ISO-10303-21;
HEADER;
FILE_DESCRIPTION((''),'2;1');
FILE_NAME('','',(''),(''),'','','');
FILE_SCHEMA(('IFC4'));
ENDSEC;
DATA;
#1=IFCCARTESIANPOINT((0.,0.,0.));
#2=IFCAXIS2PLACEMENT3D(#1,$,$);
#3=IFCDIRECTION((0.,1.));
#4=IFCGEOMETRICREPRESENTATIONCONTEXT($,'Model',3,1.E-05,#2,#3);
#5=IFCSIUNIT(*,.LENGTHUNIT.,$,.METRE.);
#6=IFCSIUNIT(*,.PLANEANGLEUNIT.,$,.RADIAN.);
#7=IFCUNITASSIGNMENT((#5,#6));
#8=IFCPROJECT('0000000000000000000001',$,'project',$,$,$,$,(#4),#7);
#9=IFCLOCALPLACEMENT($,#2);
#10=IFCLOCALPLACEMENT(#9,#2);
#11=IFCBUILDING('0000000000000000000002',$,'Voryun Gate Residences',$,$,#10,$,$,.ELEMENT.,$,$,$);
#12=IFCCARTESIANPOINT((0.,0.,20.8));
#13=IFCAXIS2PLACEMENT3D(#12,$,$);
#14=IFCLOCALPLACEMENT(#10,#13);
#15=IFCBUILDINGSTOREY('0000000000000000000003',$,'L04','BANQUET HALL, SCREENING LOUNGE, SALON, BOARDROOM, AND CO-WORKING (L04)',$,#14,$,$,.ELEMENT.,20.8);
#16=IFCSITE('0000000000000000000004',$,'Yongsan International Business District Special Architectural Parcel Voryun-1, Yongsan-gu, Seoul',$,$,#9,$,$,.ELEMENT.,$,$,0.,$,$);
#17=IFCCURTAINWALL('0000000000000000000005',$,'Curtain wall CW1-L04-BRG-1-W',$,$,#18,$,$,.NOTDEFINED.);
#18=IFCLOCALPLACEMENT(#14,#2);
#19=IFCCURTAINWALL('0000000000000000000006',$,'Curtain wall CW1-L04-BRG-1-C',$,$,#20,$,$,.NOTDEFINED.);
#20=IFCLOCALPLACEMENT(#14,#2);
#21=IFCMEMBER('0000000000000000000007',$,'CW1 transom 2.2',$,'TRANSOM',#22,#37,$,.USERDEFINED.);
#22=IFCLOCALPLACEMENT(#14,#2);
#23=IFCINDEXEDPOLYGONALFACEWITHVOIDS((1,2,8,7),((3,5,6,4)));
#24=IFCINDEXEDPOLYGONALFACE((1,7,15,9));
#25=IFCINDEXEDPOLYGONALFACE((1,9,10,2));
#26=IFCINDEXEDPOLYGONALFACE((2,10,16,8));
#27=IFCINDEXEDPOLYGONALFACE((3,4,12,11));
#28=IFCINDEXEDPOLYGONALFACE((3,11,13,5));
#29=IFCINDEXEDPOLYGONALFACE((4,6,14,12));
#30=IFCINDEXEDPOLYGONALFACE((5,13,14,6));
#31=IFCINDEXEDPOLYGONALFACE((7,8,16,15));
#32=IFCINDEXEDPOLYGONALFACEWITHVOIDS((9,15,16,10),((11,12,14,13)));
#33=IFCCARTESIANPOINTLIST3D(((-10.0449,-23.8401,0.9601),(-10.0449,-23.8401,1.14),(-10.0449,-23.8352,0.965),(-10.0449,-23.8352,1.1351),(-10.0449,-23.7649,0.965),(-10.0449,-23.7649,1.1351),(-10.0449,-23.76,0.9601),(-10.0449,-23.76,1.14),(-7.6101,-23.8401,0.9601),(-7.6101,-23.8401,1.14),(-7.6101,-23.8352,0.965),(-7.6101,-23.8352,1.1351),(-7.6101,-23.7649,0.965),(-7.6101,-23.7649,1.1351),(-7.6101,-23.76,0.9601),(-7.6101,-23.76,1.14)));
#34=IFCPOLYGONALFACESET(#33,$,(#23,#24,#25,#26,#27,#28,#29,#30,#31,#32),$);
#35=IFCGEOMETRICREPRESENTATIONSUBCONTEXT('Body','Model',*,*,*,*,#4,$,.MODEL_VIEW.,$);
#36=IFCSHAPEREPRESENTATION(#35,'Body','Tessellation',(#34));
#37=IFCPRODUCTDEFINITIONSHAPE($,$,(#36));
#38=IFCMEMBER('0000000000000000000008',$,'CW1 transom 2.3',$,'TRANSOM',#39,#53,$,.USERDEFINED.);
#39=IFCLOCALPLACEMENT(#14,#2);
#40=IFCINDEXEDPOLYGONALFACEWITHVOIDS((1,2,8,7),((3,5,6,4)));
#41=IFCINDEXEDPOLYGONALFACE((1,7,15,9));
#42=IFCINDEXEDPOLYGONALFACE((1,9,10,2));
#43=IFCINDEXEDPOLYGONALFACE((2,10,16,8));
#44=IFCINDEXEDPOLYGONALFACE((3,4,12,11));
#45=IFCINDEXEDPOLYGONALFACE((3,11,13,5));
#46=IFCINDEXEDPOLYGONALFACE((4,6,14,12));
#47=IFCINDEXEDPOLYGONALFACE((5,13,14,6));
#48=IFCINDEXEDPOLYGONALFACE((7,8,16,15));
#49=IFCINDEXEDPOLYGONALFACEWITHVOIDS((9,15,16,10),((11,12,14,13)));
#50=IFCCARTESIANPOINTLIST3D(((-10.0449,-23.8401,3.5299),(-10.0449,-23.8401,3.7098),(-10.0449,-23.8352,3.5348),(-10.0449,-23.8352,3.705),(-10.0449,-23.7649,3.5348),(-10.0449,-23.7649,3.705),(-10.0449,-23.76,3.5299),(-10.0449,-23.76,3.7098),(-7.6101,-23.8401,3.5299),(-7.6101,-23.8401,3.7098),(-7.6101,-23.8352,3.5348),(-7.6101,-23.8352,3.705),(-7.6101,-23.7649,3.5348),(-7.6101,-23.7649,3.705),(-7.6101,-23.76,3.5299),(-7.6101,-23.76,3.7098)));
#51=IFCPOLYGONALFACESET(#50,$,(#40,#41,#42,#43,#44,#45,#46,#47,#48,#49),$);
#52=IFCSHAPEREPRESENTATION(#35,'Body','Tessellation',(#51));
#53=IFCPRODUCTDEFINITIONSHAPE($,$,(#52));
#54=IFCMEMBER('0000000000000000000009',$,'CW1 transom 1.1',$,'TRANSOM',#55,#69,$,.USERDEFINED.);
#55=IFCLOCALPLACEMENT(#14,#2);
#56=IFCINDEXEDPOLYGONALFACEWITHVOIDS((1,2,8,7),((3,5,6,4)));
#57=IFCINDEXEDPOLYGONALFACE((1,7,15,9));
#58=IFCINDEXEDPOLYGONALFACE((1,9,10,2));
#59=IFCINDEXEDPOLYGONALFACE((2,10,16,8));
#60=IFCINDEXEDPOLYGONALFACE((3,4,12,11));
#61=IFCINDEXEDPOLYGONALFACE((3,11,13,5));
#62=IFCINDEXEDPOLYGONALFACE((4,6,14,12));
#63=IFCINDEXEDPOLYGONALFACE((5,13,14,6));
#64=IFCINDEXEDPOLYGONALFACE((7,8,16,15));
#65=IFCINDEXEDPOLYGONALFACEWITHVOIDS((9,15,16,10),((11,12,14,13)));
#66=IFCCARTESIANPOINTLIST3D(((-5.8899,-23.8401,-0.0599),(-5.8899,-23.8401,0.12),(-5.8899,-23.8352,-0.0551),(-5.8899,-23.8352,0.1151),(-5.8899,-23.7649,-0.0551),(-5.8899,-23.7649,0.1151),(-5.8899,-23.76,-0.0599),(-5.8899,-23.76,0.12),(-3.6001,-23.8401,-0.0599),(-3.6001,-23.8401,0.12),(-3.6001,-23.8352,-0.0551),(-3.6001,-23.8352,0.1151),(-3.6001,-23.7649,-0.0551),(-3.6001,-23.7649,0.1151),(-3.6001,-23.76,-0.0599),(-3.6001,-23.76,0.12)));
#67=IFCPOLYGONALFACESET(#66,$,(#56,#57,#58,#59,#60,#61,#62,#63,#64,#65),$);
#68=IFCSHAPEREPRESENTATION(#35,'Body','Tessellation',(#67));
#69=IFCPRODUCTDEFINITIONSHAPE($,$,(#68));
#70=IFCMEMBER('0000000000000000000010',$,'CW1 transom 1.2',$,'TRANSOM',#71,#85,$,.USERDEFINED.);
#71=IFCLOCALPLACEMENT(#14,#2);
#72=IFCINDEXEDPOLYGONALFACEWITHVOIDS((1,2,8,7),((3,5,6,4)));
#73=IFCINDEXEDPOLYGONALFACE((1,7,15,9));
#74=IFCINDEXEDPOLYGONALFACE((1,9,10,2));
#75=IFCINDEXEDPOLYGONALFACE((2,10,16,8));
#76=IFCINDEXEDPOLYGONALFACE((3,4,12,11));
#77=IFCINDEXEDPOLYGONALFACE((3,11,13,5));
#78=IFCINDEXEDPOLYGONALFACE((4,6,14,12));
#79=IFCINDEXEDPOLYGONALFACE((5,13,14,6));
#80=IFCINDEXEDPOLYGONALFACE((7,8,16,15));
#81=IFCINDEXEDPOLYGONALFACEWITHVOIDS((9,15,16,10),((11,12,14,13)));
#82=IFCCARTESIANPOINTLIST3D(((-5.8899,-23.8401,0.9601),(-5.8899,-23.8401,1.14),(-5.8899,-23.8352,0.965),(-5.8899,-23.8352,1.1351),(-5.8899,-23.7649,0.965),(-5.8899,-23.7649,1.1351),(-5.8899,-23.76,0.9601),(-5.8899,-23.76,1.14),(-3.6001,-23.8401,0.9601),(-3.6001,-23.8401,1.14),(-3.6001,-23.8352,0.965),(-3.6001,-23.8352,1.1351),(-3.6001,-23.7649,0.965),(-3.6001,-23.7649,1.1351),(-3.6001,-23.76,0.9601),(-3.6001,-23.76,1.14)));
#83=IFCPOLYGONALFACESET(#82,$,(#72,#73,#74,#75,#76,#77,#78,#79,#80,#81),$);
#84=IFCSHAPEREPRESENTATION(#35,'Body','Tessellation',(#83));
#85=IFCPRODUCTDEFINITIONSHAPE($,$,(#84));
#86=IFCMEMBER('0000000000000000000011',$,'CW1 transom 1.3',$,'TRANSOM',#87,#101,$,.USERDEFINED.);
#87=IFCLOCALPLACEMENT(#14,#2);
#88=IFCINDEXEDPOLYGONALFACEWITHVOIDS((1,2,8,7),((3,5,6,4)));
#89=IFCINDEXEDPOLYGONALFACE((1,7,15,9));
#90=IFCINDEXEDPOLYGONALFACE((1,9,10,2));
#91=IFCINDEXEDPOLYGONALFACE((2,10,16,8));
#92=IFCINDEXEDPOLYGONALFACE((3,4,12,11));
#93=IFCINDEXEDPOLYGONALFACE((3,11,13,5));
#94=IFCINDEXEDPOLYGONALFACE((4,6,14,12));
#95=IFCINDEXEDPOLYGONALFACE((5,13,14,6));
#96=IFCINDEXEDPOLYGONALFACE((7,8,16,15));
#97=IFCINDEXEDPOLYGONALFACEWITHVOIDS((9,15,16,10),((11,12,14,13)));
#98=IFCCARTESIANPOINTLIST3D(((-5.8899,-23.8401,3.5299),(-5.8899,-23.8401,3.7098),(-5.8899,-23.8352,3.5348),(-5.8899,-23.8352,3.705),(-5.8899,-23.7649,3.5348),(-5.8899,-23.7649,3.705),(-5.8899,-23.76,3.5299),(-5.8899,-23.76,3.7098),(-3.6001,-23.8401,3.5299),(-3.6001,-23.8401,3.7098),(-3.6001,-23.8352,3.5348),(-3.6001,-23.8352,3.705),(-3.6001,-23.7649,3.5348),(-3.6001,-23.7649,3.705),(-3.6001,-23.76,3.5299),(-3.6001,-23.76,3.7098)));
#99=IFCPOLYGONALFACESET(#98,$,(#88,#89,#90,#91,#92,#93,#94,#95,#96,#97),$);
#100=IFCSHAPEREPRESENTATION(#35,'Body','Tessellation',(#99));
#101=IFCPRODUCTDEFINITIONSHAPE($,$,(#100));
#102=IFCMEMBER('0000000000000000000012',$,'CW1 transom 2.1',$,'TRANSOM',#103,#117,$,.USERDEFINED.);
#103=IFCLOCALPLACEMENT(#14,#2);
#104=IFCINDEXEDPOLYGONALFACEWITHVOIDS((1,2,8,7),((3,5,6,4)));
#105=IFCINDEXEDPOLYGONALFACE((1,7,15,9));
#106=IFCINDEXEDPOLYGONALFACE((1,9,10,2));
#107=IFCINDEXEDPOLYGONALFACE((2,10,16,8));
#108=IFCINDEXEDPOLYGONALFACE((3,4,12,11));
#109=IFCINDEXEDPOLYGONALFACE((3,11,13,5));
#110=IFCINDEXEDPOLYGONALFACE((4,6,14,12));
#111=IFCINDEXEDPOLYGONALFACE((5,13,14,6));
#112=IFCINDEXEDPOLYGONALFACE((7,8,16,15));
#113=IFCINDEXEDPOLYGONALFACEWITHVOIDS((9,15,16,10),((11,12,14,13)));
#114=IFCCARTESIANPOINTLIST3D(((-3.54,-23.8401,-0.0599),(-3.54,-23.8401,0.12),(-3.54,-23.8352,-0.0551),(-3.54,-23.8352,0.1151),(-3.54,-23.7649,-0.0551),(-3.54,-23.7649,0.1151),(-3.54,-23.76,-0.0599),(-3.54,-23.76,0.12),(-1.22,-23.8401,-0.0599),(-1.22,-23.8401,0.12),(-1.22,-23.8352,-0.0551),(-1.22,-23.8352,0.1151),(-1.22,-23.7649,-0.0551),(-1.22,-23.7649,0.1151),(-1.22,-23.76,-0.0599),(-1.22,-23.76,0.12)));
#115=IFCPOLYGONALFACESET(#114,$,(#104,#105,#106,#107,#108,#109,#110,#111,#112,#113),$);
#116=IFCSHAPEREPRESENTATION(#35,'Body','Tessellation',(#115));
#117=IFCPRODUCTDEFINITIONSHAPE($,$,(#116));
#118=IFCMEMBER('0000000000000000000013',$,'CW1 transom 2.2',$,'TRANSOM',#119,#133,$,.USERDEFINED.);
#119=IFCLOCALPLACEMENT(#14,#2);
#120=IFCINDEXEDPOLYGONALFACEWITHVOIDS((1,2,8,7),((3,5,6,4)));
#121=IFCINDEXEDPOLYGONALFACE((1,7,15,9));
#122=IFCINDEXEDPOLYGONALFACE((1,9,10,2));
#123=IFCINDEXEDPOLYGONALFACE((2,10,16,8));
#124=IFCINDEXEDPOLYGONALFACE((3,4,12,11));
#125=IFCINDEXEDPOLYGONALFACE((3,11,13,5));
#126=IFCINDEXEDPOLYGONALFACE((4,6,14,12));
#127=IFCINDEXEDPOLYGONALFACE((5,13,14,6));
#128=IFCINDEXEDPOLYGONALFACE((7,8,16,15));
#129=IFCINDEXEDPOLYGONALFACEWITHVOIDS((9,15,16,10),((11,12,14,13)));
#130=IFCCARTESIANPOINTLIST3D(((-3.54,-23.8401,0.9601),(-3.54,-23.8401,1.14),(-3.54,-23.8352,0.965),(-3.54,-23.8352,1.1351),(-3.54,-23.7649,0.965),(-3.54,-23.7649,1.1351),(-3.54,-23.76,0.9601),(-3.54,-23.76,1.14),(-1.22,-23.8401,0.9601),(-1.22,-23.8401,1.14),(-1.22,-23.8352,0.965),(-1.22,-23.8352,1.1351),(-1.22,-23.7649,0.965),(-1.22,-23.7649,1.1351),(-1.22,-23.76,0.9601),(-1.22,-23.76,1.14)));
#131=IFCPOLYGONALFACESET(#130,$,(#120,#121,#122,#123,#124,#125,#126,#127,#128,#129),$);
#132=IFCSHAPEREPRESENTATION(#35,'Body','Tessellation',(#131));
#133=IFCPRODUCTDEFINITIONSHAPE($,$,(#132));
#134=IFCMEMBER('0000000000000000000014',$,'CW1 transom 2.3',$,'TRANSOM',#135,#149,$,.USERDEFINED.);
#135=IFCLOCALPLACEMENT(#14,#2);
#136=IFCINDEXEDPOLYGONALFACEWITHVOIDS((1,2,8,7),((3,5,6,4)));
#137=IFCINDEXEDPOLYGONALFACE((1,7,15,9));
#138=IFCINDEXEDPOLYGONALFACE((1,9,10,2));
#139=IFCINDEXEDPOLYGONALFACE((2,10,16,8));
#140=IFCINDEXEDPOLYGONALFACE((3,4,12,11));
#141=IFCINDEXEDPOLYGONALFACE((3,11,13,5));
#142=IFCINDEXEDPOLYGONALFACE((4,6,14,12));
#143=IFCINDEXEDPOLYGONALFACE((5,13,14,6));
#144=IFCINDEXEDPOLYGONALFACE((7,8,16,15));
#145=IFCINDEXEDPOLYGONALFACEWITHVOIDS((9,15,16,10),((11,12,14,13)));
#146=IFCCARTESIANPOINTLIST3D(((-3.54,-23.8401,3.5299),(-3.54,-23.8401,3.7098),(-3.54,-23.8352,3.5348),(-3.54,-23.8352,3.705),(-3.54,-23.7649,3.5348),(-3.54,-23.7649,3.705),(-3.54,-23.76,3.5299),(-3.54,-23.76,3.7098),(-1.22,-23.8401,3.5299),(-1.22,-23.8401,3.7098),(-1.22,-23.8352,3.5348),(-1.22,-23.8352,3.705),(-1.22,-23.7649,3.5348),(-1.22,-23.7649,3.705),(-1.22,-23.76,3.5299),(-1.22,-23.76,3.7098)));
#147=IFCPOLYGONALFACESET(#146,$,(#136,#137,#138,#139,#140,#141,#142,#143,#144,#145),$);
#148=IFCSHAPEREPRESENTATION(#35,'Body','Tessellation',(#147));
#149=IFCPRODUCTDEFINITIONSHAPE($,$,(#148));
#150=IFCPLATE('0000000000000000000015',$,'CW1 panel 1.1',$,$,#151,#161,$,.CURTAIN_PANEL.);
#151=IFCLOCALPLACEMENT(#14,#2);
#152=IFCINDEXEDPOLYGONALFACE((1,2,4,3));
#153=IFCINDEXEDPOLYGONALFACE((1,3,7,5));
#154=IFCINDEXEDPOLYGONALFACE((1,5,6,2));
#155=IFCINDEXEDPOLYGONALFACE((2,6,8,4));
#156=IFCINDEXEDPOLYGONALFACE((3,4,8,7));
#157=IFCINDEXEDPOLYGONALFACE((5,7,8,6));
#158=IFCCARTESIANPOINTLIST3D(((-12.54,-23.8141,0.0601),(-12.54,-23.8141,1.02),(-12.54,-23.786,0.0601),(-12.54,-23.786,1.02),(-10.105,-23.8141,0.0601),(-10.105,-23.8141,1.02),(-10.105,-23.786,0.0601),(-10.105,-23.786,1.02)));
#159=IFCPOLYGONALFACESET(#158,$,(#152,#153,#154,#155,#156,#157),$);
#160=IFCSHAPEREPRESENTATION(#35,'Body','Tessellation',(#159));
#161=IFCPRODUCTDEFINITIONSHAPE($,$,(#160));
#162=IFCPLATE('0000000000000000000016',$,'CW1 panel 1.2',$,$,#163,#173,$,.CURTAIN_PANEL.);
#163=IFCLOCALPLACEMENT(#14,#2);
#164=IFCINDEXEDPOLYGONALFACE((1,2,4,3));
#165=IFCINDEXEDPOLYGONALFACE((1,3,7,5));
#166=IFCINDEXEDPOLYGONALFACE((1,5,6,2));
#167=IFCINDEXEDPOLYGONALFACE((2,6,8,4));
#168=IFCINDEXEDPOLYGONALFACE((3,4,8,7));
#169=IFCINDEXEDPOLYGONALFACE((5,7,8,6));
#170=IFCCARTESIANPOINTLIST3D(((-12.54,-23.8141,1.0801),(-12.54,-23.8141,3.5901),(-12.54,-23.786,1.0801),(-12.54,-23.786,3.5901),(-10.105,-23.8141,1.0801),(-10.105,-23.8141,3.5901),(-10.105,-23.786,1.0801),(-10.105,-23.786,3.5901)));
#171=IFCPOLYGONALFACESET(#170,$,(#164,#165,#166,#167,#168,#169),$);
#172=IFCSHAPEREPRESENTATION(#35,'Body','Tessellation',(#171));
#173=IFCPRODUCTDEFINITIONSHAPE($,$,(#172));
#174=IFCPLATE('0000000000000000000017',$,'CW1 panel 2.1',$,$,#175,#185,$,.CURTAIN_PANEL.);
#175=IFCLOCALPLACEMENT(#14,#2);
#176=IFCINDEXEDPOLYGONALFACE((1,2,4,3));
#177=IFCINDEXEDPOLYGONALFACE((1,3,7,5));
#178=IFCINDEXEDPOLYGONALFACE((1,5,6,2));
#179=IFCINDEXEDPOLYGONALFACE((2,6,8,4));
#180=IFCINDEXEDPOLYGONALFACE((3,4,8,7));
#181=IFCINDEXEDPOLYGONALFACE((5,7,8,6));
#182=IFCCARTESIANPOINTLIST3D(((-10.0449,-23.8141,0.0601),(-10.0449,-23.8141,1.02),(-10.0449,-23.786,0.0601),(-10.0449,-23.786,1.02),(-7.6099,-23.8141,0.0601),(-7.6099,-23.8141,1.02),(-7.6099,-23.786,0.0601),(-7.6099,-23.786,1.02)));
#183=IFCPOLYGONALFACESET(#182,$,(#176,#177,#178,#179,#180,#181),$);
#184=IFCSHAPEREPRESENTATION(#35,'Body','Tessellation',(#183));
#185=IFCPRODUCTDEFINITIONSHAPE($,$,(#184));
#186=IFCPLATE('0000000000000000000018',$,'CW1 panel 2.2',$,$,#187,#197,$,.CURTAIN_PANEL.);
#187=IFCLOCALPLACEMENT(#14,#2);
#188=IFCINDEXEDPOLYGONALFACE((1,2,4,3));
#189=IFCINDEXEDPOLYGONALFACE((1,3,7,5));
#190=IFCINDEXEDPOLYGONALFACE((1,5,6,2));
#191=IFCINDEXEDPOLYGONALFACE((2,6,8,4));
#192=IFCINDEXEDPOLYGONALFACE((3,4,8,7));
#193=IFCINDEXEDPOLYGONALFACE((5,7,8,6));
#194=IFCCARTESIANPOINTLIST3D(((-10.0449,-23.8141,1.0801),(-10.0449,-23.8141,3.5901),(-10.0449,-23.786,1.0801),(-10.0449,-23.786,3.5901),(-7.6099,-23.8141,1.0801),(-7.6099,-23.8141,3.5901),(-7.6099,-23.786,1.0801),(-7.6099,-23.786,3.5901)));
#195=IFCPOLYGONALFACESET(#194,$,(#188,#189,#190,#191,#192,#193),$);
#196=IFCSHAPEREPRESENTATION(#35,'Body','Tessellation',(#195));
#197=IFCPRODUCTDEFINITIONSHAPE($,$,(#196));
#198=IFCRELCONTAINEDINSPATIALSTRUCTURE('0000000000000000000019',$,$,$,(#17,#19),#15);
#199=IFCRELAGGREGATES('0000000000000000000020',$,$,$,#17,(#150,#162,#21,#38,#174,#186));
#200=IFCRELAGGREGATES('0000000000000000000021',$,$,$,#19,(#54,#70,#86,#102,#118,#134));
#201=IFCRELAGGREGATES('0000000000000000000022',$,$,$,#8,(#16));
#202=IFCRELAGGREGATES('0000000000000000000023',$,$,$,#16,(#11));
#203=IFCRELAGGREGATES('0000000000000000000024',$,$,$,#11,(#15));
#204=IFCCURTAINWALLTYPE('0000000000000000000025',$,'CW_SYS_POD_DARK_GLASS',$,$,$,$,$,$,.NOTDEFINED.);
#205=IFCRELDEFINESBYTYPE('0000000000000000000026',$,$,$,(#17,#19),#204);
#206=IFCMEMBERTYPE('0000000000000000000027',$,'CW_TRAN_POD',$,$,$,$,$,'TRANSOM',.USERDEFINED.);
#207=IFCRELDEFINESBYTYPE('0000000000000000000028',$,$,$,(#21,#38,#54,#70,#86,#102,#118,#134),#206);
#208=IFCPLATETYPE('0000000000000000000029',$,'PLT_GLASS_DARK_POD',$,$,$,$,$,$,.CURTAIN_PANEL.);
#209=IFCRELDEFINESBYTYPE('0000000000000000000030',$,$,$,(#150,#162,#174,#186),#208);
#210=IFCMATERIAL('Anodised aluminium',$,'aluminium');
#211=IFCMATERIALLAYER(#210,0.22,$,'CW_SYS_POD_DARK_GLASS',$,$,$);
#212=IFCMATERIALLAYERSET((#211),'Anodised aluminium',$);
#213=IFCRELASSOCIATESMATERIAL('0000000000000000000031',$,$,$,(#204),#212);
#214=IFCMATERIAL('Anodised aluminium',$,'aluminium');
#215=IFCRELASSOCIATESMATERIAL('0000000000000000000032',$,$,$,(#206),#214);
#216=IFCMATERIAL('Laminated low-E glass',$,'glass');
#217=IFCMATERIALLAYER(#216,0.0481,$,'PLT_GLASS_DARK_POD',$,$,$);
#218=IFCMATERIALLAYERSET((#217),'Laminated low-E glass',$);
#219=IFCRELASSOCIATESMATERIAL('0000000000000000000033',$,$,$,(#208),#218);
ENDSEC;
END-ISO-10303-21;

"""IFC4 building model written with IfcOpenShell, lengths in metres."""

from ifc_helpers import new_model, si_unit, direction, frame, origin, origin_2d, place, context, subcontext, project, spatial, rectangle, hollow_rectangle, extrude, material, layer, layer_set, material_profile, profile_set, type_object, element, aggregate, save


model = new_model("IFC4")

# Units and contexts
model_context = context("Model", 3, precision=1e-05, world=origin(), true_north=direction((0.0, 1.0)))
body_context = subcontext(model_context, "Body", "Model", "MODEL_VIEW")
ifc_project = project(units=[si_unit("LENGTHUNIT", "METRE"), si_unit("PLANEANGLEUNIT", "RADIAN")], contexts=[model_context])

# Site, building, storey
site_placement = place(None, origin())
site = spatial("IfcSite", under=ifc_project, at=site_placement, Name="Yongsan International Business District Special Architectural Parcel Voryun-1, Yongsan-gu, Seoul", CompositionType="ELEMENT", RefElevation=0.0)
building_placement = place(site_placement, origin())
building = spatial("IfcBuilding", under=site, at=building_placement, Name="Voryun Gate Residences", CompositionType="ELEMENT")
storey_placement = place(building_placement, frame((0.0, 0.0, 20.8)))
storey = spatial("IfcBuildingStorey", under=building, at=storey_placement, Name="L04", Description="BANQUET HALL, SCREENING LOUNGE, SALON, BOARDROOM, AND CO-WORKING (L04)", CompositionType="ELEMENT", Elevation=20.8)

# Curtain walls
ifc_material_1 = material(Name="Anodised aluminium", Category="aluminium")
ifc_layer_1 = layer(ifc_material_1, 0.22, Name="CW_SYS_POD_DARK_GLASS")
ifc_layer_set_1 = layer_set([ifc_layer_1], Name="Anodised aluminium")
curtain_wall_type = type_object("IfcCurtainWallType", Name="CW_SYS_POD_DARK_GLASS", PredefinedType="NOTDEFINED", material=ifc_layer_set_1)
curtain_wall_1_placement = place(storey_placement, origin())
curtain_wall_1 = element("IfcCurtainWall", 1, at=curtain_wall_1_placement, inside=storey, type_object=curtain_wall_type, Name="Curtain wall CW1-L04-BRG-1-W", PredefinedType="NOTDEFINED")
curtain_wall_2_placement = place(storey_placement, origin())
curtain_wall_2 = element("IfcCurtainWall", 2, at=curtain_wall_2_placement, inside=storey, type_object=curtain_wall_type, Name="Curtain wall CW1-L04-BRG-1-C", PredefinedType="NOTDEFINED")

# Members
ifc_material_2 = material(Name="Anodised aluminium", Category="aluminium")
ifc_material_profile_1 = material_profile(ifc_material_2, hollow_rectangle(XDim=0.0801, YDim=0.1799, WallThickness=0.0049, at=origin_2d()), Name="ALU-TRAN-180x80x5")
ifc_profile_set_1 = profile_set([ifc_material_profile_1], Name="Anodised aluminium")
member_type_1 = type_object("IfcMemberType", Name="CW_TRAN_POD", ElementType="TRANSOM", PredefinedType="USERDEFINED", material=ifc_profile_set_1)
member_1_placement = place(storey_placement, frame((-10.0449, -23.8, 1.05), z_axis=(1.0, 0.0, 0.0), x_axis=(0.0, 1.0, 0.0)))
member_1 = element("IfcMember", 3, at=member_1_placement, type_object=member_type_1, Name="CW1 transom 2.2", ObjectType="TRANSOM", PredefinedType="USERDEFINED", context=body_context, shape_type="SweptSolid", body=[
    extrude(hollow_rectangle(XDim=0.0801, YDim=0.1799, WallThickness=0.0049, at=origin_2d()), origin(), (0.0, 0.0, 1.0), 2.4348),
])
member_2_placement = place(storey_placement, frame((-10.0449, -23.8, 3.6199), z_axis=(1.0, 0.0, 0.0), x_axis=(0.0, 1.0, 0.0)))
member_2 = element("IfcMember", 4, at=member_2_placement, type_object=member_type_1, Name="CW1 transom 2.3", ObjectType="TRANSOM", PredefinedType="USERDEFINED", context=body_context, shape_type="SweptSolid", body=[
    extrude(hollow_rectangle(XDim=0.0801, YDim=0.1799, WallThickness=0.0049, at=origin_2d()), origin(), (0.0, 0.0, 1.0), 2.4348),
])
member_3_placement = place(storey_placement, frame((-5.8899, -23.8, 0.03), z_axis=(1.0, 0.0, 0.0), x_axis=(0.0, 1.0, 0.0)))
member_3 = element("IfcMember", 5, at=member_3_placement, type_object=member_type_1, Name="CW1 transom 1.1", ObjectType="TRANSOM", PredefinedType="USERDEFINED", context=body_context, shape_type="SweptSolid", body=[
    extrude(hollow_rectangle(XDim=0.0801, YDim=0.1799, WallThickness=0.0049, at=origin_2d()), origin(), (0.0, 0.0, 1.0), 2.2898),
])
member_4_placement = place(storey_placement, frame((-5.8899, -23.8, 1.05), z_axis=(1.0, 0.0, 0.0), x_axis=(0.0, 1.0, 0.0)))
member_4 = element("IfcMember", 6, at=member_4_placement, type_object=member_type_1, Name="CW1 transom 1.2", ObjectType="TRANSOM", PredefinedType="USERDEFINED", context=body_context, shape_type="SweptSolid", body=[
    extrude(hollow_rectangle(XDim=0.0801, YDim=0.1799, WallThickness=0.0049, at=origin_2d()), origin(), (0.0, 0.0, 1.0), 2.2898),
])
member_5_placement = place(storey_placement, frame((-5.8899, -23.8, 3.6199), z_axis=(1.0, 0.0, 0.0), x_axis=(0.0, 1.0, 0.0)))
member_5 = element("IfcMember", 7, at=member_5_placement, type_object=member_type_1, Name="CW1 transom 1.3", ObjectType="TRANSOM", PredefinedType="USERDEFINED", context=body_context, shape_type="SweptSolid", body=[
    extrude(hollow_rectangle(XDim=0.0801, YDim=0.1799, WallThickness=0.0049, at=origin_2d()), origin(), (0.0, 0.0, 1.0), 2.2898),
])
member_6_placement = place(storey_placement, frame((-3.54, -23.8, 0.03), z_axis=(1.0, 0.0, 0.0), x_axis=(0.0, 1.0, 0.0)))
member_6 = element("IfcMember", 8, at=member_6_placement, type_object=member_type_1, Name="CW1 transom 2.1", ObjectType="TRANSOM", PredefinedType="USERDEFINED", context=body_context, shape_type="SweptSolid", body=[
    extrude(hollow_rectangle(XDim=0.0801, YDim=0.1799, WallThickness=0.0049, at=origin_2d()), origin(), (0.0, 0.0, 1.0), 2.3201),
])
member_7_placement = place(storey_placement, frame((-3.54, -23.8, 1.05), z_axis=(1.0, 0.0, 0.0), x_axis=(0.0, 1.0, 0.0)))
member_7 = element("IfcMember", 9, at=member_7_placement, type_object=member_type_1, Name="CW1 transom 2.2", ObjectType="TRANSOM", PredefinedType="USERDEFINED", context=body_context, shape_type="SweptSolid", body=[
    extrude(hollow_rectangle(XDim=0.0801, YDim=0.1799, WallThickness=0.0049, at=origin_2d()), origin(), (0.0, 0.0, 1.0), 2.3201),
])
member_8_placement = place(storey_placement, frame((-3.54, -23.8, 3.6199), z_axis=(1.0, 0.0, 0.0), x_axis=(0.0, 1.0, 0.0)))
member_8 = element("IfcMember", 10, at=member_8_placement, type_object=member_type_1, Name="CW1 transom 2.3", ObjectType="TRANSOM", PredefinedType="USERDEFINED", context=body_context, shape_type="SweptSolid", body=[
    extrude(hollow_rectangle(XDim=0.0801, YDim=0.1799, WallThickness=0.0049, at=origin_2d()), origin(), (0.0, 0.0, 1.0), 2.3201),
])

# Plates
ifc_material_3 = material(Name="Laminated low-E glass", Category="glass")
ifc_layer_2 = layer(ifc_material_3, 0.0481, Name="PLT_GLASS_DARK_POD")
ifc_layer_set_2 = layer_set([ifc_layer_2], Name="Laminated low-E glass")
plate_type = type_object("IfcPlateType", Name="PLT_GLASS_DARK_POD", PredefinedType="CURTAIN_PANEL", material=ifc_layer_set_2)
plate_1_placement = place(storey_placement, frame((-11.3225, -23.8, 0.0601), z_axis=(0.0, 0.0, 1.0), x_axis=(1.0, 0.0, 0.0)))
plate_1 = element("IfcPlate", 11, at=plate_1_placement, type_object=plate_type, Name="CW1 panel 1.1", PredefinedType="CURTAIN_PANEL", context=body_context, shape_type="SweptSolid", body=[
    extrude(rectangle(XDim=2.4351, YDim=0.0281, at=origin_2d()), origin(), (0.0, 0.0, 1.0), 0.96),
])
plate_2_placement = place(storey_placement, frame((-11.3225, -23.8, 1.0801), z_axis=(0.0, 0.0, 1.0), x_axis=(1.0, 0.0, 0.0)))
plate_2 = element("IfcPlate", 12, at=plate_2_placement, type_object=plate_type, Name="CW1 panel 1.2", PredefinedType="CURTAIN_PANEL", context=body_context, shape_type="SweptSolid", body=[
    extrude(rectangle(XDim=2.4351, YDim=0.0281, at=origin_2d()), origin(), (0.0, 0.0, 1.0), 2.51),
])
plate_3_placement = place(storey_placement, frame((-8.8274, -23.8, 0.0601), z_axis=(0.0, 0.0, 1.0), x_axis=(1.0, 0.0, 0.0)))
plate_3 = element("IfcPlate", 13, at=plate_3_placement, type_object=plate_type, Name="CW1 panel 2.1", PredefinedType="CURTAIN_PANEL", context=body_context, shape_type="SweptSolid", body=[
    extrude(rectangle(XDim=2.4351, YDim=0.0281, at=origin_2d()), origin(), (0.0, 0.0, 1.0), 0.96),
])
plate_4_placement = place(storey_placement, frame((-8.8274, -23.8, 1.0801), z_axis=(0.0, 0.0, 1.0), x_axis=(1.0, 0.0, 0.0)))
plate_4 = element("IfcPlate", 14, at=plate_4_placement, type_object=plate_type, Name="CW1 panel 2.2", PredefinedType="CURTAIN_PANEL", context=body_context, shape_type="SweptSolid", body=[
    extrude(rectangle(XDim=2.4351, YDim=0.0281, at=origin_2d()), origin(), (0.0, 0.0, 1.0), 2.51),
])
aggregate(curtain_wall_1, [plate_1, plate_2, member_1, member_2, plate_3, plate_4])
aggregate(curtain_wall_2, [member_3, member_4, member_5, member_6, member_7, member_8])

save(model, "model.ifc")
